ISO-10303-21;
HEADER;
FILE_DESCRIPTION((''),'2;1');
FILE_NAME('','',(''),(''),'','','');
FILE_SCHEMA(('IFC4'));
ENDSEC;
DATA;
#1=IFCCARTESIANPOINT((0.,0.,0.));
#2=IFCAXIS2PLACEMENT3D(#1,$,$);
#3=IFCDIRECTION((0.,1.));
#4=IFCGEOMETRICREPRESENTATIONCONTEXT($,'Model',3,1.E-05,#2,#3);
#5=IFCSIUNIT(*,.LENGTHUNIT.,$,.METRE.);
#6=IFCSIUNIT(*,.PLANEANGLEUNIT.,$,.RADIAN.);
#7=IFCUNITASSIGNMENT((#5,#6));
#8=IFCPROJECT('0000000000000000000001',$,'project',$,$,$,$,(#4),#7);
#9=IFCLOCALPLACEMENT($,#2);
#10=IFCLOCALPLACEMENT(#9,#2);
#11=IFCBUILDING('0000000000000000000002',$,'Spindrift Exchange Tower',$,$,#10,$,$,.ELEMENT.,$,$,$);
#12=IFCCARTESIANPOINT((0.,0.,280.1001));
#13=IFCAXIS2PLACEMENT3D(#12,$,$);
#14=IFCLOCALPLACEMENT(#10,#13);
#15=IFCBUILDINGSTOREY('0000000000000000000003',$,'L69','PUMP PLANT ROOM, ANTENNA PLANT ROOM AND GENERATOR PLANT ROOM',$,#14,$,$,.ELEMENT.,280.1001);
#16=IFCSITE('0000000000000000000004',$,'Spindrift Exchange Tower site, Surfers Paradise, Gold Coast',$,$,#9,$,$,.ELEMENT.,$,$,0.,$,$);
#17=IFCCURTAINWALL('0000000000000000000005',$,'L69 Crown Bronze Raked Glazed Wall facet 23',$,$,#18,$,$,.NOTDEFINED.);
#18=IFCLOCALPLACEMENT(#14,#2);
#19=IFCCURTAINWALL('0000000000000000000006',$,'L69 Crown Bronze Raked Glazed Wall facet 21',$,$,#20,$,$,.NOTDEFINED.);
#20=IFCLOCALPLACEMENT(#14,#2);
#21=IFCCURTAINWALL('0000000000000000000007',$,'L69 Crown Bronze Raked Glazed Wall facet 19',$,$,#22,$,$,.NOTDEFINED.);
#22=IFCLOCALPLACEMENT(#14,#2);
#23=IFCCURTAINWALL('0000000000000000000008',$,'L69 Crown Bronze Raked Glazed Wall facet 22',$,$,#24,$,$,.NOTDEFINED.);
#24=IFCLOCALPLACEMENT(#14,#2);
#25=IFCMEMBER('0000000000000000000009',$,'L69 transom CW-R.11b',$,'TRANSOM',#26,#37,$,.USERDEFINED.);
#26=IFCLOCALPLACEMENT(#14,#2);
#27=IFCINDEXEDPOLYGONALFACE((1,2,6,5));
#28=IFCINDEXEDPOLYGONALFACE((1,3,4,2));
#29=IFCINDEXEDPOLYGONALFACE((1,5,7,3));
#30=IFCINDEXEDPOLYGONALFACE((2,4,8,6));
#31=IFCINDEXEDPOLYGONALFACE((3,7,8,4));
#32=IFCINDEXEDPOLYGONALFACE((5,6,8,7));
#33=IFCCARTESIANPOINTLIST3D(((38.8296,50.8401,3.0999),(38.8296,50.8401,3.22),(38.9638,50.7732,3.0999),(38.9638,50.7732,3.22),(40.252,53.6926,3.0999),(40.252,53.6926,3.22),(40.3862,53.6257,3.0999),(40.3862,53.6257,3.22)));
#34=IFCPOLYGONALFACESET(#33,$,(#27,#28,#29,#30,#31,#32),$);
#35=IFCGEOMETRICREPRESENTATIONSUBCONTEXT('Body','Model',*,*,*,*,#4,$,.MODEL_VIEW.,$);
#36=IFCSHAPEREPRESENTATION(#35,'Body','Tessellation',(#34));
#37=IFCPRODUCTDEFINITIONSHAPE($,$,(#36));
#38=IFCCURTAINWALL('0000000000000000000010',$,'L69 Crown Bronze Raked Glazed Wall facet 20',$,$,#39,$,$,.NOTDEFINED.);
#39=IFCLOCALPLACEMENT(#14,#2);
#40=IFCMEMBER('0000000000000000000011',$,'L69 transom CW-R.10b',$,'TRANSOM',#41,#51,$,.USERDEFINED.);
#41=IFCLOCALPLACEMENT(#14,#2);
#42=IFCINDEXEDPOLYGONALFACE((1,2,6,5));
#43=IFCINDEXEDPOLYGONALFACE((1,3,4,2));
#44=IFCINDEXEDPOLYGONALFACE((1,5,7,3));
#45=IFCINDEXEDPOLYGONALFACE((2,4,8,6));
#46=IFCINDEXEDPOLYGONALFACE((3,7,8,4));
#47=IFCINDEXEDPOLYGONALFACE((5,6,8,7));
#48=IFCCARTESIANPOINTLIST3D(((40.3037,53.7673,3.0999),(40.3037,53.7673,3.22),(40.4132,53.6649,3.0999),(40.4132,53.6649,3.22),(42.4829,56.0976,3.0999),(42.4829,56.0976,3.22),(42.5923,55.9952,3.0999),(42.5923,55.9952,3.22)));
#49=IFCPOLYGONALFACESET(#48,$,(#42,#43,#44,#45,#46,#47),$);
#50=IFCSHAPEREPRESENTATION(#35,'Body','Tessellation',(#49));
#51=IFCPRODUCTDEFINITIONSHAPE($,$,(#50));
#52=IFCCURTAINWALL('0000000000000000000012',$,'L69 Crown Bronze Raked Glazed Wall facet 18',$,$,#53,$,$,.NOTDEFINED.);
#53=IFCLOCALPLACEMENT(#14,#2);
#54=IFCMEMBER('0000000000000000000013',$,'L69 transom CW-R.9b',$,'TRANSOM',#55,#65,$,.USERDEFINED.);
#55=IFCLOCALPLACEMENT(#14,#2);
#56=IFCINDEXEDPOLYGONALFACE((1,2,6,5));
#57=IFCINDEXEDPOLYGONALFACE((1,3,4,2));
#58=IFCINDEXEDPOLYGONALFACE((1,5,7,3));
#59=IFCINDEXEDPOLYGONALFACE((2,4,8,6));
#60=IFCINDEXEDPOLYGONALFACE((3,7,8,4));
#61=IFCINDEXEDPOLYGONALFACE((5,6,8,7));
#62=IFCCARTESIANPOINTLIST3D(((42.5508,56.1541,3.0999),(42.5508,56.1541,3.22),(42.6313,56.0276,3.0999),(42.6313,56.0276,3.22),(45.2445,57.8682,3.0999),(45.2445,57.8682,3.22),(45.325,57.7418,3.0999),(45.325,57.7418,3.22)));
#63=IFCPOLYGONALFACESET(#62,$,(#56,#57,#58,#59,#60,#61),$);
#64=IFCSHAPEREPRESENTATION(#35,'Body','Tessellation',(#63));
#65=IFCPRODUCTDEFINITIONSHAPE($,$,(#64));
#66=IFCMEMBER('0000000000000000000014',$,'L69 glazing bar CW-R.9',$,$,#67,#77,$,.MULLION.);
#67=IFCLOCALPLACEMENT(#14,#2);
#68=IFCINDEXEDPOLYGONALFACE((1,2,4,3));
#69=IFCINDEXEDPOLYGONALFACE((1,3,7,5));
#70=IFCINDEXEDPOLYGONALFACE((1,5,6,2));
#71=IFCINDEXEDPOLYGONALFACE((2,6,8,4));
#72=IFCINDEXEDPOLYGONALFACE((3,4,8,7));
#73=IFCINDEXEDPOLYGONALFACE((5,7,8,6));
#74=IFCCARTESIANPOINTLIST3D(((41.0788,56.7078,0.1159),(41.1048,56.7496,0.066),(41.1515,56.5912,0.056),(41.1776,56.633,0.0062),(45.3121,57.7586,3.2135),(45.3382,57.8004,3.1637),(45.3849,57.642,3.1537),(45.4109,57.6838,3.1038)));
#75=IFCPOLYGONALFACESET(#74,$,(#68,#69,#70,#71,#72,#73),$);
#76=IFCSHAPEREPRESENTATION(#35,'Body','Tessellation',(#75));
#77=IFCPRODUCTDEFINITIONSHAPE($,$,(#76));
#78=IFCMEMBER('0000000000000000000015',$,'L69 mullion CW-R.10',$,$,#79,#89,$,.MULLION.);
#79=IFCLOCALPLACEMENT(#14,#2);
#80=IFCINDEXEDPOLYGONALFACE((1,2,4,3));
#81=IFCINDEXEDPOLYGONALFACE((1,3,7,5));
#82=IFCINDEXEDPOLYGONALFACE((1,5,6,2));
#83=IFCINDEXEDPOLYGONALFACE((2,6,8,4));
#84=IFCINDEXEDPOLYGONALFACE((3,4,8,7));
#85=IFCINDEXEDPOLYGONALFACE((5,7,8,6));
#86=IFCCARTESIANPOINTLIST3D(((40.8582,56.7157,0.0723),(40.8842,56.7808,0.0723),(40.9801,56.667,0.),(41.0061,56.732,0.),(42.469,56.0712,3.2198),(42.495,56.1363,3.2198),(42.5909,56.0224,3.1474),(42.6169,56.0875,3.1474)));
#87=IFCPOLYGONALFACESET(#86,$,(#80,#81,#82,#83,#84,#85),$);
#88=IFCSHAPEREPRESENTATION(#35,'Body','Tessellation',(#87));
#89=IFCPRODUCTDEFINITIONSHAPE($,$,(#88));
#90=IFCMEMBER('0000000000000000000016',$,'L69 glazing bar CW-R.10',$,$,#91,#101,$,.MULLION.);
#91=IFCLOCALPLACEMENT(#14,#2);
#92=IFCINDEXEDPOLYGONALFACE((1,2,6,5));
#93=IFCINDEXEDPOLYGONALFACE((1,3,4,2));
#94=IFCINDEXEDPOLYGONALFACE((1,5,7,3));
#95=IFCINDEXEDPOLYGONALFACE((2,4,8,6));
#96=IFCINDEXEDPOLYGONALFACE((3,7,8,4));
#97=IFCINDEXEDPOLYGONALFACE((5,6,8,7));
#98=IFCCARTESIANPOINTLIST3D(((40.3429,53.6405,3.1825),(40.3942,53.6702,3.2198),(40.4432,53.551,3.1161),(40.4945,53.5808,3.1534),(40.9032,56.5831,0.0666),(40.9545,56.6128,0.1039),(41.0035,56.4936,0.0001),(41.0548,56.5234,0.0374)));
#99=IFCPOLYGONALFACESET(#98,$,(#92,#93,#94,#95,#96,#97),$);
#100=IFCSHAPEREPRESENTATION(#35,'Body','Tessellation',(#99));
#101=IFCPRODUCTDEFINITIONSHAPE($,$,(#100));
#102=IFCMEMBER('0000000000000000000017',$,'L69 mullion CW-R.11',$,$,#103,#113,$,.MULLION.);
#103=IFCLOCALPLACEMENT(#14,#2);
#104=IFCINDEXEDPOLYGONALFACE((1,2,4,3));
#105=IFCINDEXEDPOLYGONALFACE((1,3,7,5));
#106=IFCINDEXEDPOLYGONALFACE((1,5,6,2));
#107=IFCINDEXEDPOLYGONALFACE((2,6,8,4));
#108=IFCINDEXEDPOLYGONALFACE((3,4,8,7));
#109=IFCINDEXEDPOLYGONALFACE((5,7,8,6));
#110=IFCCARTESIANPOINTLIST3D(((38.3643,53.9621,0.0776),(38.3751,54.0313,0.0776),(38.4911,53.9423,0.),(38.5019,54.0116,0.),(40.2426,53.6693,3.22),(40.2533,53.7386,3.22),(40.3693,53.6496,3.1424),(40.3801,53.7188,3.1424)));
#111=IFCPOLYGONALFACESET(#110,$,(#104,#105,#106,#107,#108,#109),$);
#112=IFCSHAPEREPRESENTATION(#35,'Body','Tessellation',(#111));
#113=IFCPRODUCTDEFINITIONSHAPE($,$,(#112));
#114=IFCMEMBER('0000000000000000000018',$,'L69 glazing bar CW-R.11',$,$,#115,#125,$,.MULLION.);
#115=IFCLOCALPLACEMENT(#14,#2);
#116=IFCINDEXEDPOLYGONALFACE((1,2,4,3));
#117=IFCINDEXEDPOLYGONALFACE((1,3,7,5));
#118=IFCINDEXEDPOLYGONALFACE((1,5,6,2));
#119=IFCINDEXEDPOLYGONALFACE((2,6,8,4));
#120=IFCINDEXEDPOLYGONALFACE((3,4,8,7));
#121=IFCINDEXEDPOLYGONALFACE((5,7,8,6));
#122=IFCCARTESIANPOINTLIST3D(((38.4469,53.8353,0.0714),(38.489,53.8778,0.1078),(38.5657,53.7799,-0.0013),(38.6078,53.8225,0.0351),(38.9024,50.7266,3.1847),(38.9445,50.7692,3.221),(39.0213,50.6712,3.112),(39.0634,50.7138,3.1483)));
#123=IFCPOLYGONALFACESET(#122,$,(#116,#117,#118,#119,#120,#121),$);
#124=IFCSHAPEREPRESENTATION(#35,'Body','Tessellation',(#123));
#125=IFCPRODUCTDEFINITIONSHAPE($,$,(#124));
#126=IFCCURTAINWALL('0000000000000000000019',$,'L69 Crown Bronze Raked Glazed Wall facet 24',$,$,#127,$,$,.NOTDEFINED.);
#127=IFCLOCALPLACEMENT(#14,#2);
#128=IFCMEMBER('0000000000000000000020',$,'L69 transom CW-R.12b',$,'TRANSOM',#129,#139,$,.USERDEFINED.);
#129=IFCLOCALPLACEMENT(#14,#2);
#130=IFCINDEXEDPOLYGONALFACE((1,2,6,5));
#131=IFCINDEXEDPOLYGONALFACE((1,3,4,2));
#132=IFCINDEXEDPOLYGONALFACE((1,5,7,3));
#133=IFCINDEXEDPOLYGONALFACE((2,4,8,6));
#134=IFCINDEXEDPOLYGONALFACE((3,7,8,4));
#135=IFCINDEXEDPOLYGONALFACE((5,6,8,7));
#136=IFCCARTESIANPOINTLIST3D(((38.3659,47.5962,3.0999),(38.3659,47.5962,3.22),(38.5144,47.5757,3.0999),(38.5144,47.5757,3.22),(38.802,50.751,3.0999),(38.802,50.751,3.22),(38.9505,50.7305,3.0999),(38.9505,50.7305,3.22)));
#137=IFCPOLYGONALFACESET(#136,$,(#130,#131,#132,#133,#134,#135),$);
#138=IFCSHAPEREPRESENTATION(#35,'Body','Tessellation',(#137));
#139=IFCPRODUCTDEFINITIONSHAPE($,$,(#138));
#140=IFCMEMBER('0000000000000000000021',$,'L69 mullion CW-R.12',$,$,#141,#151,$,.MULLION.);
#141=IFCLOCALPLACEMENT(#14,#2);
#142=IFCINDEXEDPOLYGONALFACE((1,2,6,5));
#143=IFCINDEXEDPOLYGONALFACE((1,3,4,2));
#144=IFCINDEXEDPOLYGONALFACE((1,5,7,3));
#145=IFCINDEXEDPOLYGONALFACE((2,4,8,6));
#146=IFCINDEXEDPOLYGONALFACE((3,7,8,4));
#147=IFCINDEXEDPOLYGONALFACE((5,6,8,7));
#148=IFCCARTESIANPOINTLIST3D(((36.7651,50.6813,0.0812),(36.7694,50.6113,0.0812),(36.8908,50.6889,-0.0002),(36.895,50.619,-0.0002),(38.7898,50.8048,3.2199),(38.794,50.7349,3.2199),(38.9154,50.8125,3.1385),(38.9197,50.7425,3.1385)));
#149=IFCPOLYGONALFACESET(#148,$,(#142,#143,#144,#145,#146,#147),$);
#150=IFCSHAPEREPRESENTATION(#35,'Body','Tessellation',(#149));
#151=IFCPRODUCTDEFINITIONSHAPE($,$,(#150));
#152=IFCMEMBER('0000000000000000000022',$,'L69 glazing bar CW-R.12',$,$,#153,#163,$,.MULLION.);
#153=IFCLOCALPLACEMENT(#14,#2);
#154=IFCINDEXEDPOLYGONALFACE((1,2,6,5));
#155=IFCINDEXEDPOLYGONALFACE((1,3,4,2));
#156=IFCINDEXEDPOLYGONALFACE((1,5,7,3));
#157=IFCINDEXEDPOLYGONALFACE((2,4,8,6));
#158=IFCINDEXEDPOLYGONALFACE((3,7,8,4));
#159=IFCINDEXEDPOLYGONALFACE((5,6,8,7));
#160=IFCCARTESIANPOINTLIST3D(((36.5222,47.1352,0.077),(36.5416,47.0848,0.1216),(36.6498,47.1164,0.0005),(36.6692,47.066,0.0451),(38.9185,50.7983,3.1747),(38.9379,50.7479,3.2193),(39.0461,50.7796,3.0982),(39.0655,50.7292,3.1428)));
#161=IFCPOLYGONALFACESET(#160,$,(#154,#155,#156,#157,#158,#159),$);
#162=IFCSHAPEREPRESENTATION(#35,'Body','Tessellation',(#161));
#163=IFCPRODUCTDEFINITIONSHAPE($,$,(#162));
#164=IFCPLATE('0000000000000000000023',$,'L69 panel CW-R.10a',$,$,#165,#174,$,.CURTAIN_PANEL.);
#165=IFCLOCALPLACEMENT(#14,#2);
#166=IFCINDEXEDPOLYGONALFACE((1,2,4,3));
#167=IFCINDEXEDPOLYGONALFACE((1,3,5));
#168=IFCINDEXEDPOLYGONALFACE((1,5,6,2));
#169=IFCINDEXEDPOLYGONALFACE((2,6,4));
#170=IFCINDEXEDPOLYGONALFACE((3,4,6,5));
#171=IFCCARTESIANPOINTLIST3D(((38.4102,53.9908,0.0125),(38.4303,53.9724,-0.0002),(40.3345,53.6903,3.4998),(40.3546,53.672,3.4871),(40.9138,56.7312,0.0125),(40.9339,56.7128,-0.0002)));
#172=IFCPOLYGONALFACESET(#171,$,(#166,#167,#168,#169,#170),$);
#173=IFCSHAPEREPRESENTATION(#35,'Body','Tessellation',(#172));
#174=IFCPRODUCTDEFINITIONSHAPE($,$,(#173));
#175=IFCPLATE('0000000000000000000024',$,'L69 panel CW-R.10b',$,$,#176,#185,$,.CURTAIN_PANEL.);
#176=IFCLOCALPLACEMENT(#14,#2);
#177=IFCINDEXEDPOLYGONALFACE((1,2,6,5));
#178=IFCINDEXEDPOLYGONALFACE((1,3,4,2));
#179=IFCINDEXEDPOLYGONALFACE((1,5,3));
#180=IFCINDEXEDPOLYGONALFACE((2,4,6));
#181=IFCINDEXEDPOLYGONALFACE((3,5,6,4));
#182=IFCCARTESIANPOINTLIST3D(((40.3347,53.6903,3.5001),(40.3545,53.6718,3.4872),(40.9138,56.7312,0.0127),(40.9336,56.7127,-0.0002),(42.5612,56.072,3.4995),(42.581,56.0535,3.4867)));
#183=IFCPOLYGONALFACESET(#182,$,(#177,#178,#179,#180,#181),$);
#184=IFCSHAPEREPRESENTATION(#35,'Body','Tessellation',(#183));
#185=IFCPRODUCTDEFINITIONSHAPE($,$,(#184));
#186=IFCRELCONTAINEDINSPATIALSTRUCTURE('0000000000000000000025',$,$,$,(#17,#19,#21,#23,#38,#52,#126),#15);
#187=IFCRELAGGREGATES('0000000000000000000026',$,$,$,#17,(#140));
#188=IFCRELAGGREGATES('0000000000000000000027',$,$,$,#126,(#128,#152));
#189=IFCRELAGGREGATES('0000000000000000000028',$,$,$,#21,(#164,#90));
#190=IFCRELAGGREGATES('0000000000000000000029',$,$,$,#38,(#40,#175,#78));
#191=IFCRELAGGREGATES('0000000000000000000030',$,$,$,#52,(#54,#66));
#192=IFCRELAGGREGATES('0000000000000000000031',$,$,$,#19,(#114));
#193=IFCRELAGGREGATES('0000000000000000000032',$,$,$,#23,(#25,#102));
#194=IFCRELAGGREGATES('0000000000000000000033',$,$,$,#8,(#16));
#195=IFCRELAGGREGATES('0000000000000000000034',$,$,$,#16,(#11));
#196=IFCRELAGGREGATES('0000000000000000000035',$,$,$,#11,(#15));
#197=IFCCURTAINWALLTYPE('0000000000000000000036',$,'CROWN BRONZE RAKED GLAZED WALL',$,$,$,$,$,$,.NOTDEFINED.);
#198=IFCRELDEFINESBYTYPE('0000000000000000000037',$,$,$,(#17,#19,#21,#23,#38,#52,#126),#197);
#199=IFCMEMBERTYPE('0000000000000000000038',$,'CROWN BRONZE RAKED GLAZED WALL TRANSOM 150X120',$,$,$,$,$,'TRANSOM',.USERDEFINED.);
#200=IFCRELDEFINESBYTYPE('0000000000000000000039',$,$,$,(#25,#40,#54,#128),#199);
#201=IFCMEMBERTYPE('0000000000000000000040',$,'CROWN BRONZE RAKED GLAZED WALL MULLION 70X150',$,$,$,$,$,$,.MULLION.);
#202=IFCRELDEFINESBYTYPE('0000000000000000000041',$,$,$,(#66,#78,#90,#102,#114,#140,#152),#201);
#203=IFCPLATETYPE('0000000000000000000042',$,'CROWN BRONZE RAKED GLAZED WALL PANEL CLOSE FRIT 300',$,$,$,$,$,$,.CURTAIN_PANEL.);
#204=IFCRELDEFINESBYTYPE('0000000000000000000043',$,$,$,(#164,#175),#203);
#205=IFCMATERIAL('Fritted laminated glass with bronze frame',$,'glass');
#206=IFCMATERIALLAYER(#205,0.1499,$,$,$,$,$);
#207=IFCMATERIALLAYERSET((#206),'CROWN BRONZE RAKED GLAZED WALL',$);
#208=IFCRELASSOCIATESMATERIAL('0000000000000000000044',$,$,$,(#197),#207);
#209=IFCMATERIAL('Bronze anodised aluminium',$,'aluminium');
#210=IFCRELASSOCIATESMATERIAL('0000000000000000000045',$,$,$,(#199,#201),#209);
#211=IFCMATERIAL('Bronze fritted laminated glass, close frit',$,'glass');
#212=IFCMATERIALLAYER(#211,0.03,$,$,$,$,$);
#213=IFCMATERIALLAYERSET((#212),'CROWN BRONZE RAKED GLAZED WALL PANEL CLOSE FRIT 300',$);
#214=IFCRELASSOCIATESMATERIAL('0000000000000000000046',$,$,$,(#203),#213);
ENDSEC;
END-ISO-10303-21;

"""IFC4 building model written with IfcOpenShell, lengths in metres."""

from ifc_helpers import new_model, si_unit, direction, frame, origin, origin_2d, place, context, subcontext, project, spatial, line, indexed_curve, rectangle, outline, extrude, source, transform, mapped, material, layer, layer_set, material_profile, profile_set, type_object, element, aggregate, save


model = new_model("IFC4")

# Units and contexts
model_context = context("Model", 3, precision=1e-05, world=origin(), true_north=direction((0.0, 1.0)))
body_context = subcontext(model_context, "Body", "Model", "MODEL_VIEW")
ifc_project = project(units=[si_unit("LENGTHUNIT", "METRE"), si_unit("PLANEANGLEUNIT", "RADIAN")], contexts=[model_context])

# Site, building, storey
site_placement = place(None, origin())
site = spatial("IfcSite", under=ifc_project, at=site_placement, Name="Spindrift Exchange Tower site, Surfers Paradise, Gold Coast", CompositionType="ELEMENT", RefElevation=0.0)
building_placement = place(site_placement, origin())
building = spatial("IfcBuilding", under=site, at=building_placement, Name="Spindrift Exchange Tower", CompositionType="ELEMENT")
storey_placement = place(building_placement, frame((0.0, 0.0, 280.1001)))
storey = spatial("IfcBuildingStorey", under=building, at=storey_placement, Name="L69", Description="PUMP PLANT ROOM, ANTENNA PLANT ROOM AND GENERATOR PLANT ROOM", CompositionType="ELEMENT", Elevation=280.1001)

# Curtain walls
ifc_material_1 = material(Name="Fritted laminated glass with bronze frame", Category="glass")
ifc_layer_1 = layer(ifc_material_1, 0.1499)
ifc_layer_set_1 = layer_set([ifc_layer_1], Name="CROWN BRONZE RAKED GLAZED WALL")
curtain_wall_type = type_object("IfcCurtainWallType", Name="CROWN BRONZE RAKED GLAZED WALL", PredefinedType="NOTDEFINED", material=ifc_layer_set_1)
curtain_wall_1_placement = place(storey_placement, origin())
curtain_wall_1 = element("IfcCurtainWall", 1, at=curtain_wall_1_placement, inside=storey, type_object=curtain_wall_type, Name="L69 Crown Bronze Raked Glazed Wall facet 23", PredefinedType="NOTDEFINED")
ifc_material_2 = material(Name="Bronze anodised aluminium", Category="aluminium")
ifc_material_profile_1 = material_profile(ifc_material_2, rectangle(XDim=0.1499, YDim=0.1201, at=origin_2d()), Name="CROWN BRONZE RAKED GLAZED WALL TRANSOM 150X120")
ifc_profile_set_1 = profile_set([ifc_material_profile_1], Name="Bronze anodised aluminium")
member_type_1 = type_object("IfcMemberType", Name="CROWN BRONZE RAKED GLAZED WALL TRANSOM 150X120", ElementType="TRANSOM", PredefinedType="USERDEFINED", material=ifc_profile_set_1)
curtain_wall_2_placement = place(storey_placement, origin())
curtain_wall_2 = element("IfcCurtainWall", 2, at=curtain_wall_2_placement, inside=storey, type_object=curtain_wall_type, Name="L69 Crown Bronze Raked Glazed Wall facet 21", PredefinedType="NOTDEFINED")
curtain_wall_3_placement = place(storey_placement, origin())
curtain_wall_3 = element("IfcCurtainWall", 3, at=curtain_wall_3_placement, inside=storey, type_object=curtain_wall_type, Name="L69 Crown Bronze Raked Glazed Wall facet 19", PredefinedType="NOTDEFINED")

# Shared definitions
ifc_material_profile_2 = material_profile(ifc_material_2, rectangle(XDim=0.0701, YDim=0.1499, at=origin_2d()), Name="CROWN BRONZE RAKED GLAZED WALL MULLION 70X150")
ifc_profile_set_2 = profile_set([ifc_material_profile_2], Name="Bronze anodised aluminium")
member_type_2 = type_object("IfcMemberType", Name="CROWN BRONZE RAKED GLAZED WALL MULLION 70X150", PredefinedType="MULLION", material=ifc_profile_set_2)

# Curtain walls, members
curtain_wall_4_placement = place(storey_placement, origin())
curtain_wall_4 = element("IfcCurtainWall", 4, at=curtain_wall_4_placement, inside=storey, type_object=curtain_wall_type, Name="L69 Crown Bronze Raked Glazed Wall facet 22", PredefinedType="NOTDEFINED")
shared_shape_1 = source(origin(), body_context, "Body", "SweptSolid", [
    extrude(rectangle(XDim=0.1499, YDim=0.1201, at=origin_2d()), origin(), (0.0, 0.0, 1.0), 3.1875),
])
member_1_placement = place(storey_placement, frame((40.3191, 53.6592, 3.1599), z_axis=(-0.446233, -0.894917, 0.0), x_axis=(0.894917, -0.446233, 0.0)))
member_1 = element("IfcMember", 5, at=member_1_placement, type_object=member_type_1, Name="L69 transom CW-R.11b", ObjectType="TRANSOM", PredefinedType="USERDEFINED", context=body_context, shape_type="MappedRepresentation", body=[
    mapped(shared_shape_1, transform((0.0, 0.0, 0.0), scale=1.0)),
])
curtain_wall_5_placement = place(storey_placement, origin())
curtain_wall_5 = element("IfcCurtainWall", 6, at=curtain_wall_5_placement, inside=storey, type_object=curtain_wall_type, Name="L69 Crown Bronze Raked Glazed Wall facet 20", PredefinedType="NOTDEFINED")
shared_shape_2 = source(origin(), body_context, "Body", "SweptSolid", [
    extrude(rectangle(XDim=0.1499, YDim=0.1201, at=origin_2d()), origin(), (0.0, 0.0, 1.0), 3.1904),
])
member_2_placement = place(storey_placement, frame((42.5376, 56.0464, 3.1599), z_axis=(-0.683027, -0.730393, 0.0), x_axis=(0.730393, -0.683027, 0.0)))
member_2 = element("IfcMember", 7, at=member_2_placement, type_object=member_type_1, Name="L69 transom CW-R.10b", ObjectType="TRANSOM", PredefinedType="USERDEFINED", context=body_context, shape_type="MappedRepresentation", body=[
    mapped(shared_shape_2, transform((0.0, 0.0, 0.0), scale=1.0)),
])

# Curtain wall, members
curtain_wall_6_placement = place(storey_placement, origin())
curtain_wall_6 = element("IfcCurtainWall", 8, at=curtain_wall_6_placement, inside=storey, type_object=curtain_wall_type, Name="L69 Crown Bronze Raked Glazed Wall facet 18", PredefinedType="NOTDEFINED")
shared_shape_3 = source(origin(), body_context, "Body", "SweptSolid", [
    extrude(rectangle(XDim=0.1499, YDim=0.1201, at=origin_2d()), origin(), (0.0, 0.0, 1.0), 3.1929),
])
member_3_placement = place(storey_placement, frame((42.5911, 56.0908, 3.1599), z_axis=(0.843661, 0.536875, 0.0), x_axis=(-0.536875, 0.843661, 0.0)))
member_3 = element("IfcMember", 9, at=member_3_placement, type_object=member_type_1, Name="L69 transom CW-R.9b", ObjectType="TRANSOM", PredefinedType="USERDEFINED", context=body_context, shape_type="MappedRepresentation", body=[
    mapped(shared_shape_3, transform((0.0, 0.0, 0.0), scale=1.0)),
])
shared_shape_4 = source(origin(), body_context, "Body", "SweptSolid", [
    extrude(rectangle(XDim=0.0701, YDim=0.1499, at=origin_2d()), origin(), (0.0, 0.0, 1.0), 5.3499),
])
member_4_placement = place(storey_placement, frame((41.1282, 56.6704, 0.061), z_axis=(0.791306, 0.196412, 0.579014), x_axis=(0.372039, 0.59683, -0.710902)))
member_4 = element("IfcMember", 10, at=member_4_placement, type_object=member_type_2, Name="L69 glazing bar CW-R.9", PredefinedType="MULLION", context=body_context, shape_type="MappedRepresentation", body=[
    mapped(shared_shape_4, transform((0.0, 0.0, 0.0), scale=1.0)),
])

# Members
shared_shape_5 = source(origin(), body_context, "Body", "SweptSolid", [
    extrude(rectangle(XDim=0.0701, YDim=0.1499, at=origin_2d()), origin(), (0.0, 0.0, 1.0), 3.594),
])
member_5_placement = place(storey_placement, frame((40.9321, 56.7239, 0.0361), z_axis=(0.448204, -0.179336, 0.875758), x_axis=(0.371488, 0.928438, 0.0)))
member_5 = element("IfcMember", 11, at=member_5_placement, type_object=member_type_2, Name="L69 mullion CW-R.10", PredefinedType="MULLION", context=body_context, shape_type="MappedRepresentation", body=[
    mapped(shared_shape_5, transform((0.0, 0.0, 0.0), scale=1.0)),
])
shared_shape_6 = source(origin(), body_context, "Body", "SweptSolid", [
    extrude(rectangle(XDim=0.0701, YDim=0.1499, at=origin_2d()), origin(), (0.0, 0.0, 1.0), 4.3223),
])
member_6_placement = place(storey_placement, frame((40.979, 56.5532, 0.052), z_axis=(-0.129631, -0.680802, 0.720905), x_axis=(0.732046, 0.424679, 0.532688)))
member_6 = element("IfcMember", 12, at=member_6_placement, type_object=member_type_2, Name="L69 glazing bar CW-R.10", PredefinedType="MULLION", context=body_context, shape_type="MappedRepresentation", body=[
    mapped(shared_shape_6, transform((0.0, 0.0, 0.0), scale=1.0)),
])
shared_shape_7 = source(origin(), body_context, "Body", "SweptSolid", [
    extrude(rectangle(XDim=0.0701, YDim=0.1499, at=origin_2d()), origin(), (0.0, 0.0, 1.0), 3.6726),
])
member_7_placement = place(storey_placement, frame((38.4331, 53.9868, 0.0388), z_axis=(0.511411, -0.079706, 0.855632), x_axis=(0.153997, 0.988071, 0.0)))
member_7 = element("IfcMember", 13, at=member_7_placement, type_object=member_type_2, Name="L69 mullion CW-R.11", PredefinedType="MULLION", context=body_context, shape_type="MappedRepresentation", body=[
    mapped(shared_shape_7, transform((0.0, 0.0, 0.0), scale=1.0)),
])
shared_shape_8 = source(origin(), body_context, "Body", "SweptSolid", [
    extrude(rectangle(XDim=0.0701, YDim=0.1499, at=origin_2d()), origin(), (0.0, 0.0, 1.0), 4.4231),
])
member_8_placement = place(storey_placement, frame((38.5273, 53.8289, 0.0532), z_axis=(0.102997, -0.702822, 0.70387), x_axis=(0.60086, 0.607896, 0.519067)))
member_8 = element("IfcMember", 14, at=member_8_placement, type_object=member_type_2, Name="L69 glazing bar CW-R.11", PredefinedType="MULLION", context=body_context, shape_type="MappedRepresentation", body=[
    mapped(shared_shape_8, transform((0.0, 0.0, 0.0), scale=1.0)),
])

# Curtain wall, member
curtain_wall_7_placement = place(storey_placement, origin())
curtain_wall_7 = element("IfcCurtainWall", 15, at=curtain_wall_7_placement, inside=storey, type_object=curtain_wall_type, Name="L69 Crown Bronze Raked Glazed Wall facet 24", PredefinedType="NOTDEFINED")
shared_shape_9 = source(origin(), body_context, "Body", "SweptSolid", [
    extrude(rectangle(XDim=0.1499, YDim=0.1201, at=origin_2d()), origin(), (0.0, 0.0, 1.0), 3.1848),
])
member_9_placement = place(storey_placement, frame((38.4402, 47.5859, 3.1599), z_axis=(0.136912, 0.990583, 0.0), x_axis=(-0.990583, 0.136912, 0.0)))
member_9 = element("IfcMember", 16, at=member_9_placement, type_object=member_type_1, Name="L69 transom CW-R.12b", ObjectType="TRANSOM", PredefinedType="USERDEFINED", context=body_context, shape_type="MappedRepresentation", body=[
    mapped(shared_shape_9, transform((0.0, 0.0, 0.0), scale=1.0)),
])

# Members
shared_shape_10 = source(origin(), body_context, "Body", "SweptSolid", [
    extrude(rectangle(XDim=0.0701, YDim=0.1499, at=origin_2d()), origin(), (0.0, 0.0, 1.0), 3.7371),
])
member_10_placement = place(storey_placement, frame((36.8301, 50.6501, 0.0405), z_axis=(0.541776, 0.033057, 0.839873), x_axis=(-0.060902, 0.998144, 0.0)))
member_10 = element("IfcMember", 17, at=member_10_placement, type_object=member_type_2, Name="L69 mullion CW-R.12", PredefinedType="MULLION", context=body_context, shape_type="MappedRepresentation", body=[
    mapped(shared_shape_10, transform((0.0, 0.0, 0.0), scale=1.0)),
])
aggregate(curtain_wall_1, [member_10])
shared_shape_11 = source(origin(), body_context, "Body", "SweptSolid", [
    extrude(rectangle(XDim=0.0701, YDim=0.1499, at=origin_2d()), origin(), (0.0, 0.0, 1.0), 5.3625),
])
member_11_placement = place(storey_placement, frame((36.5957, 47.1006, 0.061), z_axis=(0.446857, 0.683102, 0.577659), x_axis=(-0.276316, 0.719531, -0.637122)))
member_11 = element("IfcMember", 18, at=member_11_placement, type_object=member_type_2, Name="L69 glazing bar CW-R.12", PredefinedType="MULLION", context=body_context, shape_type="MappedRepresentation", body=[
    mapped(shared_shape_11, transform((0.0, 0.0, 0.0), scale=1.0)),
])
aggregate(curtain_wall_7, [member_9, member_11])

# Plates
ifc_material_3 = material(Name="Bronze fritted laminated glass, close frit", Category="glass")
ifc_layer_2 = layer(ifc_material_3, 0.03)
ifc_layer_set_2 = layer_set([ifc_layer_2], Name="CROWN BRONZE RAKED GLAZED WALL PANEL CLOSE FRIT 300")
plate_type_1 = type_object("IfcPlateType", Name="CROWN BRONZE RAKED GLAZED WALL PANEL CLOSE FRIT 300", PredefinedType="CURTAIN_PANEL", material=ifc_layer_set_2)
plate_1_placement = place(storey_placement, frame((40.9138, 56.7312, 0.0125), z_axis=(-0.66932, 0.611487, 0.422012), x_axis=(-0.674491, -0.738283, 0.0)))
plate_1 = element("IfcPlate", 19, at=plate_1_placement, type_object=plate_type_1, Name="L69 panel CW-R.10a", PredefinedType="CURTAIN_PANEL", context=body_context, shape_type="SweptSolid", body=[
    extrude(outline(indexed_curve([(0.0, 0.0), (3.7119, 0.0), (2.6357, 3.8467)], segments=[line(1, 2, 3, 1)], self_intersect=False)), origin(), (0.0, 0.0, -1.0), 0.03),
])
aggregate(curtain_wall_3, [plate_1, member_6])
plate_2_placement = place(storey_placement, frame((40.9138, 56.7312, 0.0127), z_axis=(-0.659993, 0.617099, 0.428484), x_axis=(-0.124193, -0.652116, 0.747878)))
plate_2 = element("IfcPlate", 20, at=plate_2_placement, type_object=plate_type_1, Name="L69 panel CW-R.10b", PredefinedType="CURTAIN_PANEL", context=body_context, shape_type="SweptSolid", body=[
    extrude(outline(indexed_curve([(0.0, 0.0), (4.6631, 0.0), (2.833, 2.6982)], segments=[line(1, 2, 3, 1)], self_intersect=False)), origin(), (0.0, 0.0, -1.0), 0.03),
])
aggregate(curtain_wall_5, [member_2, plate_2, member_5])
aggregate(curtain_wall_6, [member_3, member_4])

aggregate(curtain_wall_2, [member_8])
aggregate(curtain_wall_4, [member_1, member_7])

save(model, "model.ifc")
